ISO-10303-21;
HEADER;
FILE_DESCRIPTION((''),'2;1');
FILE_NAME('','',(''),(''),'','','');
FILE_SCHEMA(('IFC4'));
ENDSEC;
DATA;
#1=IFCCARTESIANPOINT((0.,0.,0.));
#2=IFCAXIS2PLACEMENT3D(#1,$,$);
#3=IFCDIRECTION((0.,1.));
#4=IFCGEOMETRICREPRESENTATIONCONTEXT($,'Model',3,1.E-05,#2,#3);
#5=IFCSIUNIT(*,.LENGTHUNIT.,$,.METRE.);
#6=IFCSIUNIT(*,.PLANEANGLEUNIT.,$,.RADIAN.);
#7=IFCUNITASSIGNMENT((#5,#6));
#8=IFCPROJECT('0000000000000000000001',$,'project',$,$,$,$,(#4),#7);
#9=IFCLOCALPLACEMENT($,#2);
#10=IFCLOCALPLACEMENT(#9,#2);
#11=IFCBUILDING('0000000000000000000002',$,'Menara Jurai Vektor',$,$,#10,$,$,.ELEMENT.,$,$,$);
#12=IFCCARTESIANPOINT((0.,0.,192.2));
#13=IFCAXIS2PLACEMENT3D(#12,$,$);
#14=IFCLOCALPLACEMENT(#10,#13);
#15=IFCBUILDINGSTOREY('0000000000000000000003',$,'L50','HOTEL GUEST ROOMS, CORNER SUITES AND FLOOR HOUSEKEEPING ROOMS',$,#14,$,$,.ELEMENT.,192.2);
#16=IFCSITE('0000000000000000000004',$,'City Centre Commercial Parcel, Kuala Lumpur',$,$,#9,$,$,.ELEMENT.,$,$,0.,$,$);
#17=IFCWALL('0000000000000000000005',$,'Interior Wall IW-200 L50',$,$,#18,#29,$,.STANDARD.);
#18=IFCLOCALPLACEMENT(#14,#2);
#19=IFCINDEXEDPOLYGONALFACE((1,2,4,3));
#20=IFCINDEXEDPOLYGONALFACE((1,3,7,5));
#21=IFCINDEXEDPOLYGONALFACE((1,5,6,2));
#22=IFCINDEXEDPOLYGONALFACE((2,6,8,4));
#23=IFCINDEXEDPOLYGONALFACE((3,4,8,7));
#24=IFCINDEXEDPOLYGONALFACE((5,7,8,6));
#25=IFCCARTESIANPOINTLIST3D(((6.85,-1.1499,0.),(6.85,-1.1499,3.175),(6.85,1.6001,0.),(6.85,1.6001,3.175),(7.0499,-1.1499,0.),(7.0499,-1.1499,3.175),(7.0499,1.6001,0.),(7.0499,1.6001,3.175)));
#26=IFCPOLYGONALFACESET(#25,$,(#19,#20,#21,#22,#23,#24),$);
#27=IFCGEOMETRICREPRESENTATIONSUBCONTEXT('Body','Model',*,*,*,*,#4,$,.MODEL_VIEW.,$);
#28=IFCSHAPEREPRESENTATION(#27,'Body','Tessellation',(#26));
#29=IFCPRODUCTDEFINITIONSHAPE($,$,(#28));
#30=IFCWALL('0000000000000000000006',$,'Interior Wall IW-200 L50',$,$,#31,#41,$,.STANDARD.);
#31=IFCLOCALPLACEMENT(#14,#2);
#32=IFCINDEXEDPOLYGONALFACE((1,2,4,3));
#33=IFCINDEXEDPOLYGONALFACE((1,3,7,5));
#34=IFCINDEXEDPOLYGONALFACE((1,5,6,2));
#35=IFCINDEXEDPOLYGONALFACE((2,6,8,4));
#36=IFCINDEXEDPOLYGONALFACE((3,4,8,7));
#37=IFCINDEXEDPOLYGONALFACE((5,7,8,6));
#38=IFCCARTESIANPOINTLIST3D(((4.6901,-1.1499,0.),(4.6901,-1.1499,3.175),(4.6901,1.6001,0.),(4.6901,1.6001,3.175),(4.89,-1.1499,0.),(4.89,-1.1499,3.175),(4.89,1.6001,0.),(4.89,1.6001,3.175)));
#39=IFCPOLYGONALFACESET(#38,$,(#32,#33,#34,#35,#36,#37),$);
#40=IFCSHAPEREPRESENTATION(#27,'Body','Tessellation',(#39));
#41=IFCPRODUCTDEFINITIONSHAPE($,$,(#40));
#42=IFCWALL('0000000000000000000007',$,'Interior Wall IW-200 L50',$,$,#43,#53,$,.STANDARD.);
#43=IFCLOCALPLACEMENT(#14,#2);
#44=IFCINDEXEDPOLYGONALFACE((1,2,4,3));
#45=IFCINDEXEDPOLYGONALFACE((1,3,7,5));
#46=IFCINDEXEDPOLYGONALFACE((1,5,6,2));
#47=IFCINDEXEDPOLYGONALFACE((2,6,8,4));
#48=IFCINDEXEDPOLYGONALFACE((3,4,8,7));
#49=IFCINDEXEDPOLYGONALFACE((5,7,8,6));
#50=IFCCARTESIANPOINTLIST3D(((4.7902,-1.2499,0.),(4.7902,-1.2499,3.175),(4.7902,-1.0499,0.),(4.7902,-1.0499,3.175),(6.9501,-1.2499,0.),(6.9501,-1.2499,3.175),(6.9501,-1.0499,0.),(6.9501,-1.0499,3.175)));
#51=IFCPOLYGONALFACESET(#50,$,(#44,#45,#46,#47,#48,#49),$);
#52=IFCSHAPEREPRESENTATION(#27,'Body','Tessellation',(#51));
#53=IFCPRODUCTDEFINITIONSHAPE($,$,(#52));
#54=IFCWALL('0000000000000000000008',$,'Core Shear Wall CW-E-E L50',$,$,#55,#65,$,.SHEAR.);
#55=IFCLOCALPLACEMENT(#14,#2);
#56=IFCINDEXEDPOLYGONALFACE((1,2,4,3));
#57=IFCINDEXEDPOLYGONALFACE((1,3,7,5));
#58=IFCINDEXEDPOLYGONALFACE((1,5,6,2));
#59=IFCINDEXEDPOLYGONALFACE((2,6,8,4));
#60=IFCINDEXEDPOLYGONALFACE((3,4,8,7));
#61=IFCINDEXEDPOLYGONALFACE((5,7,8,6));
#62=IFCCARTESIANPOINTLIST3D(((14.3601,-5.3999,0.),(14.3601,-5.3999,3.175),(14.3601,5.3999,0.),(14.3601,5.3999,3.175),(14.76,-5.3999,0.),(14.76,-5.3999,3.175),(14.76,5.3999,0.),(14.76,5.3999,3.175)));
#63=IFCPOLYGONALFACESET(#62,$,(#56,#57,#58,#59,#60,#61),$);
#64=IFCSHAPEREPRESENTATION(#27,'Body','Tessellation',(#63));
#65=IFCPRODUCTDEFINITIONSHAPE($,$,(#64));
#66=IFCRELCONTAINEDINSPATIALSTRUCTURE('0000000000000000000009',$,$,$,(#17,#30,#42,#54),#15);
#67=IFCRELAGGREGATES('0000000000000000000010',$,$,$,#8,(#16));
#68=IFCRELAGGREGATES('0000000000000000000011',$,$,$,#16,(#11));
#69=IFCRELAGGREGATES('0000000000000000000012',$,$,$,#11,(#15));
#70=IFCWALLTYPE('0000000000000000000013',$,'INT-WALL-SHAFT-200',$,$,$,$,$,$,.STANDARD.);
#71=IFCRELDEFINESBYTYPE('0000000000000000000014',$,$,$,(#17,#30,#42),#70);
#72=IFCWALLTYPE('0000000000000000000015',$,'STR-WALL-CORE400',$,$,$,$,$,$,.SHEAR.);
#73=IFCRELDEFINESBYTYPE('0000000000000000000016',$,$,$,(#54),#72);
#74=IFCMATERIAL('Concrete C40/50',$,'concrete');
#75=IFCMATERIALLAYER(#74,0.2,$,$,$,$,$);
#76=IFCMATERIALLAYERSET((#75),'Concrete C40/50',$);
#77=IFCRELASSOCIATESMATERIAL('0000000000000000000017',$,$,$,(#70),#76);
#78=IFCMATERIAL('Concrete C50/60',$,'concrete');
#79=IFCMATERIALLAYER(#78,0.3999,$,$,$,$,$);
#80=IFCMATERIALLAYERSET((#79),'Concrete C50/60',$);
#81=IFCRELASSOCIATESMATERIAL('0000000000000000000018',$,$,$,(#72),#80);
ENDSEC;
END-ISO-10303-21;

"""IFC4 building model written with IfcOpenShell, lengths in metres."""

from ifc_helpers import new_model, si_unit, direction, frame, frame_2d, origin, place, context, subcontext, project, spatial, rectangle, extrude, material, layer, layer_set, type_object, element, save


model = new_model("IFC4")

# Units and contexts
model_context = context("Model", 3, precision=1e-05, world=origin(), true_north=direction((0.0, 1.0)))
body_context = subcontext(model_context, "Body", "Model", "MODEL_VIEW")
ifc_project = project(units=[si_unit("LENGTHUNIT", "METRE"), si_unit("PLANEANGLEUNIT", "RADIAN")], contexts=[model_context])

# Site, building, storey
site_placement = place(None, origin())
site = spatial("IfcSite", under=ifc_project, at=site_placement, Name="City Centre Commercial Parcel, Kuala Lumpur", CompositionType="ELEMENT", RefElevation=0.0)
building_placement = place(site_placement, origin())
building = spatial("IfcBuilding", under=site, at=building_placement, Name="Menara Jurai Vektor", CompositionType="ELEMENT")
storey_placement = place(building_placement, frame((0.0, 0.0, 192.2)))
storey = spatial("IfcBuildingStorey", under=building, at=storey_placement, Name="L50", Description="HOTEL GUEST ROOMS, CORNER SUITES AND FLOOR HOUSEKEEPING ROOMS", CompositionType="ELEMENT", Elevation=192.2)

# Shared definitions
ifc_material_1 = material(Name="Concrete C50/60", Category="concrete")

# Shared definitions
ifc_material_2 = material(Name="Concrete C40/50", Category="concrete")

# Wall
ifc_layer_1 = layer(ifc_material_2, 0.2)
ifc_layer_set_1 = layer_set([ifc_layer_1], Name="Concrete C40/50")
wall_type_1 = type_object("IfcWallType", Name="INT-WALL-SHAFT-200", PredefinedType="STANDARD", material=ifc_layer_set_1)
wall_1_placement = place(storey_placement, frame((6.95, -1.1499, 0.0), z_axis=(0.0, 0.0, 1.0), x_axis=(0.0, 1.0, 0.0)))
element("IfcWall", 1, at=wall_1_placement, inside=storey, type_object=wall_type_1, Name="Interior Wall IW-200 L50", PredefinedType="STANDARD", context=body_context, shape_type="SweptSolid", body=[
    extrude(rectangle(XDim=2.75, YDim=0.2, at=frame_2d((1.375, 0.0))), origin(), (0.0, 0.0, 1.0), 3.175),
])

# Walls
wall_2_placement = place(storey_placement, frame((4.79, -1.1499, 0.0), z_axis=(0.0, 0.0, 1.0), x_axis=(0.0, 1.0, 0.0)))
element("IfcWall", 2, at=wall_2_placement, inside=storey, type_object=wall_type_1, Name="Interior Wall IW-200 L50", PredefinedType="STANDARD", context=body_context, shape_type="SweptSolid", body=[
    extrude(rectangle(XDim=2.75, YDim=0.2, at=frame_2d((1.375, 0.0))), origin(), (0.0, 0.0, 1.0), 3.175),
])
wall_3_placement = place(storey_placement, frame((4.79, -1.1499, 0.0), z_axis=(0.0, 0.0, 1.0), x_axis=(1.0, 0.0, 0.0)))
element("IfcWall", 3, at=wall_3_placement, inside=storey, type_object=wall_type_1, Name="Interior Wall IW-200 L50", PredefinedType="STANDARD", context=body_context, shape_type="SweptSolid", body=[
    extrude(rectangle(XDim=2.1599, YDim=0.2, at=frame_2d((1.0801, 0.0))), origin(), (0.0, 0.0, 1.0), 3.175),
])
ifc_layer_2 = layer(ifc_material_1, 0.3999)
ifc_layer_set_2 = layer_set([ifc_layer_2], Name="Concrete C50/60")
wall_type_2 = type_object("IfcWallType", Name="STR-WALL-CORE400", PredefinedType="SHEAR", material=ifc_layer_set_2)
wall_4_placement = place(storey_placement, frame((14.5601, -5.3999, 0.0), z_axis=(0.0, 0.0, 1.0), x_axis=(0.0, 1.0, 0.0)))
element("IfcWall", 4, at=wall_4_placement, inside=storey, type_object=wall_type_2, Name="Core Shear Wall CW-E-E L50", PredefinedType="SHEAR", context=body_context, shape_type="SweptSolid", body=[
    extrude(rectangle(XDim=10.7998, YDim=0.3999, at=frame_2d((5.3999, 0.0))), origin(), (0.0, 0.0, 1.0), 3.175),
])

save(model, "model.ifc")
